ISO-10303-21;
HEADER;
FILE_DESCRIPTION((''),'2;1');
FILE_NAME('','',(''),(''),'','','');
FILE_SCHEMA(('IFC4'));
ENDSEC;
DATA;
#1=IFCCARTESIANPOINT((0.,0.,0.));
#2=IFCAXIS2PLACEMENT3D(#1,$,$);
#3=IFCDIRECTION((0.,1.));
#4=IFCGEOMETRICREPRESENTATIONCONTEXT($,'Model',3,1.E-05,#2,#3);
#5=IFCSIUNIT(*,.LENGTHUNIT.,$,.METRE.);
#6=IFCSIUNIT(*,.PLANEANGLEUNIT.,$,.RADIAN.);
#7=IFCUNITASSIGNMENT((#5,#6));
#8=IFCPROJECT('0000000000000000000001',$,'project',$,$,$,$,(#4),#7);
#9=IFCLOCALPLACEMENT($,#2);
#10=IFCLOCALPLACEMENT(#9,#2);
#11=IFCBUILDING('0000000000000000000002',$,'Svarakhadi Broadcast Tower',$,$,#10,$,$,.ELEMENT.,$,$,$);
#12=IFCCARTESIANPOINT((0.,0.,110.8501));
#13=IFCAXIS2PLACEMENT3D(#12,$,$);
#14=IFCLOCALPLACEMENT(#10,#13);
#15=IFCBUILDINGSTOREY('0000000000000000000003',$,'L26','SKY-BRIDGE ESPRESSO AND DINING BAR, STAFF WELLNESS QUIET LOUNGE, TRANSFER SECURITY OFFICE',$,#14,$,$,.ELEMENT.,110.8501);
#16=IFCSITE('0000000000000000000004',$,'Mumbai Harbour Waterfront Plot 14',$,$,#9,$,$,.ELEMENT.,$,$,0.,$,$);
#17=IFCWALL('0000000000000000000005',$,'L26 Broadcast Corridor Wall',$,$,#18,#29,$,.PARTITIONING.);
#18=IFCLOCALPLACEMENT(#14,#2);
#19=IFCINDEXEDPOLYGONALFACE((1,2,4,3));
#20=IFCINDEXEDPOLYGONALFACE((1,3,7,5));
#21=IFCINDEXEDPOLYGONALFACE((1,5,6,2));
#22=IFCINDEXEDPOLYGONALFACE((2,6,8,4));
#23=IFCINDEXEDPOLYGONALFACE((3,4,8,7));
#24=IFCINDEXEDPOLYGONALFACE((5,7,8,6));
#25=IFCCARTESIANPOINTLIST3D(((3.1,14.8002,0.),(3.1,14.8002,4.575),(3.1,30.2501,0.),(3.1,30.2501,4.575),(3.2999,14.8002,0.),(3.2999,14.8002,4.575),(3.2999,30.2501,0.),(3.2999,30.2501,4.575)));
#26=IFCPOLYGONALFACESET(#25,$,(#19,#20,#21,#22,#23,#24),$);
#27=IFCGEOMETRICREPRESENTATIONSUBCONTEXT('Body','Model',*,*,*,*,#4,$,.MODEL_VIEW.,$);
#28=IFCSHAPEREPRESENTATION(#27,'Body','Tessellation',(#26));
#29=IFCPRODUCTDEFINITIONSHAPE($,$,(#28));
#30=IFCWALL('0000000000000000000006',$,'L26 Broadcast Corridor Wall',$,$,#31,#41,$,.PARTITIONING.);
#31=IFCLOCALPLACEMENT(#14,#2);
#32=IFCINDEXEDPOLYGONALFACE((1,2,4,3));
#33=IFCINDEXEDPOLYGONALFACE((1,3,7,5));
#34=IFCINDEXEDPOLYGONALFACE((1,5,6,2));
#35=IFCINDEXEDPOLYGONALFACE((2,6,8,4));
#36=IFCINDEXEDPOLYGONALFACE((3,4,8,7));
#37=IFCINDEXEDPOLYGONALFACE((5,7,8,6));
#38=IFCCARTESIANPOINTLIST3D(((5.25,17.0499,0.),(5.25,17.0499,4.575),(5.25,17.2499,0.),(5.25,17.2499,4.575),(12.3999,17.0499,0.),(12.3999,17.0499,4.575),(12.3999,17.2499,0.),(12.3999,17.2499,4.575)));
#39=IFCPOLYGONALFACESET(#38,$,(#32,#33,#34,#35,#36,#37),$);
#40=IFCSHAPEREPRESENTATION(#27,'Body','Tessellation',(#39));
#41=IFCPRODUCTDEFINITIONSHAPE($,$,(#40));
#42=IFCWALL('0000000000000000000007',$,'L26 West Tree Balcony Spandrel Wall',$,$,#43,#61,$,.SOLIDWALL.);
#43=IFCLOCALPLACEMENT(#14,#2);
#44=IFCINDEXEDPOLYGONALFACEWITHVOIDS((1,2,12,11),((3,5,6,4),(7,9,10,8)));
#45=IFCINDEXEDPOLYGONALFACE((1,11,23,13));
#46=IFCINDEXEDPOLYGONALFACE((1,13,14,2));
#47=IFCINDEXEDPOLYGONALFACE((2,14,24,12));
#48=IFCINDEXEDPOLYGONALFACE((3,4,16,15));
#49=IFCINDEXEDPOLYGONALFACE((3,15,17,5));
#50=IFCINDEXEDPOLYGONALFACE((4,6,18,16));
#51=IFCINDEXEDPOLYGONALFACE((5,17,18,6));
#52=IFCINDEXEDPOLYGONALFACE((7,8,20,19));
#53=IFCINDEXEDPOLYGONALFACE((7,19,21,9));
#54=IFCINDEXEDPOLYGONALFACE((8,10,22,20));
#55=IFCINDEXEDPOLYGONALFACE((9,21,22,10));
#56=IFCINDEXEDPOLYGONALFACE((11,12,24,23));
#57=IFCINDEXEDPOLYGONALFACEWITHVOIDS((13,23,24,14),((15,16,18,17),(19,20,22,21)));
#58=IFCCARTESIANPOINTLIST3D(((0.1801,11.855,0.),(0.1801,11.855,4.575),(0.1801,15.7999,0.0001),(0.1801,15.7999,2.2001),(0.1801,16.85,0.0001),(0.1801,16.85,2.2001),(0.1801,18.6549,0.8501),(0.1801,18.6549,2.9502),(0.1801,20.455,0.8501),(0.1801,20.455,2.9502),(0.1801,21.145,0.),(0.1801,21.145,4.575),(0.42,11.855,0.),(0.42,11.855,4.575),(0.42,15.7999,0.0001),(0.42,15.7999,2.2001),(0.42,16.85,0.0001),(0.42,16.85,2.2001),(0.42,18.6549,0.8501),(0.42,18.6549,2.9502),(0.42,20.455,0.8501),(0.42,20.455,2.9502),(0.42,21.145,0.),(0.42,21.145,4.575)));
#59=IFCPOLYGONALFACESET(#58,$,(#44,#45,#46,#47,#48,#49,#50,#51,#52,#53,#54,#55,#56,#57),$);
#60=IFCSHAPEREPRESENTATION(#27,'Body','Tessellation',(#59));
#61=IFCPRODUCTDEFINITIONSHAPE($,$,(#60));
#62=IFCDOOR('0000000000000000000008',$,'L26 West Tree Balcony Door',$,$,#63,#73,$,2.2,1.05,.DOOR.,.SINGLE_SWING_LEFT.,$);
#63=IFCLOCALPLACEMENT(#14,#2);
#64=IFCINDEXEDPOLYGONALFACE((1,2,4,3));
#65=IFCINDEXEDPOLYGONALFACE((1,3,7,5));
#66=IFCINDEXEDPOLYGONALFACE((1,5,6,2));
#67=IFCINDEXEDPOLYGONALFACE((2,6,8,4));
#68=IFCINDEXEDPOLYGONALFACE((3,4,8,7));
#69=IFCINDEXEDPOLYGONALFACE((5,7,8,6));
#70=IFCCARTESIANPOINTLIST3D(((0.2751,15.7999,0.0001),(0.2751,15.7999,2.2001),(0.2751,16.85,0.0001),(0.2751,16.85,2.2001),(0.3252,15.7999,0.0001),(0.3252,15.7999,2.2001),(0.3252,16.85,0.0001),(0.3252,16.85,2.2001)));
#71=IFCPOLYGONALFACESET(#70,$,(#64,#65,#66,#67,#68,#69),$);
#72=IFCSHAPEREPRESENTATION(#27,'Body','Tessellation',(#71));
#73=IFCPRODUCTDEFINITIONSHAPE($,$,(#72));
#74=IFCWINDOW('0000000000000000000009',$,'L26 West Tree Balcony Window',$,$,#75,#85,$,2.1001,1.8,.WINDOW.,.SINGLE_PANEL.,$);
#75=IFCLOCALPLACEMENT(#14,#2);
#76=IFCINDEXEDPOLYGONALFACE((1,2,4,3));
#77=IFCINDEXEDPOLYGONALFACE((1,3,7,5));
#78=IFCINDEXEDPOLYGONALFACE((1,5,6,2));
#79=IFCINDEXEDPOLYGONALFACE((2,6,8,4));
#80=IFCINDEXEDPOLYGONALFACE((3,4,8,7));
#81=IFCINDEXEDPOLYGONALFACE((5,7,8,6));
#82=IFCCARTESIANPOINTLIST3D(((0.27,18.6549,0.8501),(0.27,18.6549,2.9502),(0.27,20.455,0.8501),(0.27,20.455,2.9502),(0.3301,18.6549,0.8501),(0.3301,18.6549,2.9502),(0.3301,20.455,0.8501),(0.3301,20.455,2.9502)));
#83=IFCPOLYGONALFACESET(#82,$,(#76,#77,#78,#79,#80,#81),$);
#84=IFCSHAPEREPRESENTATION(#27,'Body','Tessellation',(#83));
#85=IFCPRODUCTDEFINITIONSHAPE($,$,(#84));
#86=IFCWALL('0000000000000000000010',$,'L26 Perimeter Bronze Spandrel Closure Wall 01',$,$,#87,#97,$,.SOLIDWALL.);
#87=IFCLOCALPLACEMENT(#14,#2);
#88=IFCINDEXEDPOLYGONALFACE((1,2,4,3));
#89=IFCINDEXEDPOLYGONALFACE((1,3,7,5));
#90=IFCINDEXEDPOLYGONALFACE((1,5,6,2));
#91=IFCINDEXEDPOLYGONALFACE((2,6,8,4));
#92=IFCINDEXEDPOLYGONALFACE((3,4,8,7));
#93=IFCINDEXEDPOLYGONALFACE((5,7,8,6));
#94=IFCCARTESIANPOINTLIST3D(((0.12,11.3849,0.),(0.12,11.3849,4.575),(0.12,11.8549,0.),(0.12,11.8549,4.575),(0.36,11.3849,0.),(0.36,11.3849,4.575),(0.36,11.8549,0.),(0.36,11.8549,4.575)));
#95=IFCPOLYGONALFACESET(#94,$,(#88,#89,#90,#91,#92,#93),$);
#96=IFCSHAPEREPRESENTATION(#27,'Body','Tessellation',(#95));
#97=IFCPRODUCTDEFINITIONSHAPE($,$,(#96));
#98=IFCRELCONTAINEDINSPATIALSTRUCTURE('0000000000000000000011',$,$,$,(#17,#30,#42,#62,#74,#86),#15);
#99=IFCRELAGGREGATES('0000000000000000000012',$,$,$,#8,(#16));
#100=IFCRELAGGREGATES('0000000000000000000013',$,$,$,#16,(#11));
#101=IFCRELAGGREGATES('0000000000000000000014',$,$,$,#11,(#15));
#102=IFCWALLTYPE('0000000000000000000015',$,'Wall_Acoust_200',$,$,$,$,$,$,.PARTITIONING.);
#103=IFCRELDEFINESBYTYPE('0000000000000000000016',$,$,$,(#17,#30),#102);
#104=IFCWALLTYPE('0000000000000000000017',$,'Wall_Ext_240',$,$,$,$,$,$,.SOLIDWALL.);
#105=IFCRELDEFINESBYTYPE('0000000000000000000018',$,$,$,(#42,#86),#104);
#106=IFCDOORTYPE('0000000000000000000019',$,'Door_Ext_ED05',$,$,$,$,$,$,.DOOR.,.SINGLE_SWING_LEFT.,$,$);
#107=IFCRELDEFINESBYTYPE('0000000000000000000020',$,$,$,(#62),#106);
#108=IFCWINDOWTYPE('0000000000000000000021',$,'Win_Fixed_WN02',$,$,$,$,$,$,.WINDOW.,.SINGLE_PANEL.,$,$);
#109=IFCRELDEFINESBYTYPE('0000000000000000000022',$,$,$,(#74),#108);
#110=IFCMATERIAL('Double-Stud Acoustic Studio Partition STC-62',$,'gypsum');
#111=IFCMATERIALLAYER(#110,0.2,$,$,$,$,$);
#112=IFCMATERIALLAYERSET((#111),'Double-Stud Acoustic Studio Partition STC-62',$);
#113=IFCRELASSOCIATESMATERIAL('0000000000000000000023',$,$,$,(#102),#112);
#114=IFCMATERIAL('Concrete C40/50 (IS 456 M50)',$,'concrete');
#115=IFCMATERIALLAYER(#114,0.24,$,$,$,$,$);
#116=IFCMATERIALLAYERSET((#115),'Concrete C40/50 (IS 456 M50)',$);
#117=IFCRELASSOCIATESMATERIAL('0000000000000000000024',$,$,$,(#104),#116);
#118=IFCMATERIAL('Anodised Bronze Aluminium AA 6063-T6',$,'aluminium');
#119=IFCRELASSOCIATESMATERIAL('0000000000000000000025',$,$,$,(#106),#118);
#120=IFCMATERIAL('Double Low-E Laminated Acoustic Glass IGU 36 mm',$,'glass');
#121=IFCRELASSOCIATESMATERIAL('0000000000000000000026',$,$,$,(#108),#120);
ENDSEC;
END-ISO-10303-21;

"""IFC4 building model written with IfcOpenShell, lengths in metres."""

from ifc_helpers import new_model, si_unit, direction, frame, frame_2d, origin, place, context, subcontext, project, spatial, rectangle, extrude, material, layer, layer_set, type_object, element, fill, save


model = new_model("IFC4")

# Units and contexts
model_context = context("Model", 3, precision=1e-05, world=origin(), true_north=direction((0.0, 1.0)))
body_context = subcontext(model_context, "Body", "Model", "MODEL_VIEW")
ifc_project = project(units=[si_unit("LENGTHUNIT", "METRE"), si_unit("PLANEANGLEUNIT", "RADIAN")], contexts=[model_context])

# Site, building, storey
site_placement = place(None, origin())
site = spatial("IfcSite", under=ifc_project, at=site_placement, Name="Mumbai Harbour Waterfront Plot 14", CompositionType="ELEMENT", RefElevation=0.0)
building_placement = place(site_placement, origin())
building = spatial("IfcBuilding", under=site, at=building_placement, Name="Svarakhadi Broadcast Tower", CompositionType="ELEMENT")
storey_placement = place(building_placement, frame((0.0, 0.0, 110.8501)))
storey = spatial("IfcBuildingStorey", under=building, at=storey_placement, Name="L26", Description="SKY-BRIDGE ESPRESSO AND DINING BAR, STAFF WELLNESS QUIET LOUNGE, TRANSFER SECURITY OFFICE", CompositionType="ELEMENT", Elevation=110.8501)

# Shared definitions
ifc_material_1 = material(Name="Anodised Bronze Aluminium AA 6063-T6", Category="aluminium")

# Shared definitions
ifc_material_2 = material(Name="Double Low-E Laminated Acoustic Glass IGU 36 mm", Category="glass")

# Walls
ifc_material_3 = material(Name="Double-Stud Acoustic Studio Partition STC-62", Category="gypsum")
ifc_layer_1 = layer(ifc_material_3, 0.2)
ifc_layer_set_1 = layer_set([ifc_layer_1], Name="Double-Stud Acoustic Studio Partition STC-62")
wall_type_1 = type_object("IfcWallType", Name="Wall_Acoust_200", PredefinedType="PARTITIONING", material=ifc_layer_set_1)
wall_1_placement = place(storey_placement, frame((3.2, 14.8, 0.0), z_axis=(0.0, 0.0, 1.0), x_axis=(0.0, 1.0, 0.0)))
element("IfcWall", 1, at=wall_1_placement, inside=storey, type_object=wall_type_1, Name="L26 Broadcast Corridor Wall", PredefinedType="PARTITIONING", context=body_context, shape_type="SweptSolid", body=[
    extrude(rectangle(XDim=15.45, YDim=0.2, at=frame_2d((7.7251, 0.0))), origin(), (0.0, 0.0, 1.0), 4.575),
])
wall_2_placement = place(storey_placement, frame((5.25, 17.1499, 0.0), z_axis=(0.0, 0.0, 1.0), x_axis=(1.0, 0.0, 0.0)))
element("IfcWall", 2, at=wall_2_placement, inside=storey, type_object=wall_type_1, Name="L26 Broadcast Corridor Wall", PredefinedType="PARTITIONING", context=body_context, shape_type="SweptSolid", body=[
    extrude(rectangle(XDim=7.1499, YDim=0.2, at=frame_2d((3.575, 0.0))), origin(), (0.0, 0.0, 1.0), 4.575),
])

# Wall, openings, door, window
ifc_material_4 = material(Name="Concrete C40/50 (IS 456 M50)", Category="concrete")
ifc_layer_2 = layer(ifc_material_4, 0.24)
ifc_layer_set_2 = layer_set([ifc_layer_2], Name="Concrete C40/50 (IS 456 M50)")
wall_type_2 = type_object("IfcWallType", Name="Wall_Ext_240", PredefinedType="SOLIDWALL", material=ifc_layer_set_2)
wall_3_placement = place(storey_placement, frame((0.3, 11.855, 0.0), z_axis=(0.0, 0.0, 1.0), x_axis=(0.0, 1.0, 0.0)))
wall_3 = element("IfcWall", 3, at=wall_3_placement, inside=storey, type_object=wall_type_2, Name="L26 West Tree Balcony Spandrel Wall", PredefinedType="SOLIDWALL", context=body_context, shape_type="SweptSolid", body=[
    extrude(rectangle(XDim=9.29, YDim=0.24, at=frame_2d((4.645, 0.0))), origin(), (0.0, 0.0, 1.0), 4.575),
])
opening_1_placement = place(wall_3_placement, frame((3.9451, 0.0, 0.0)))
opening_1 = element("IfcOpeningElement", 4, at=opening_1_placement, cuts=wall_3, PredefinedType="OPENING", context=body_context, shape_type="SweptSolid", body=[
    extrude(rectangle(XDim=1.05, YDim=2.2, at=frame_2d((0.5249, 1.1001))), frame((0.0, 0.1299, 0.0), z_axis=(0.0, -1.0, 0.0), x_axis=(1.0, 0.0, 0.0)), (0.0, 0.0, 1.0), 0.26),
])
opening_2_placement = place(wall_3_placement, frame((6.8, 0.0, 0.8501)))
opening_2 = element("IfcOpeningElement", 5, at=opening_2_placement, cuts=wall_3, PredefinedType="OPENING", context=body_context, shape_type="SweptSolid", body=[
    extrude(rectangle(XDim=1.8, YDim=2.1001, at=frame_2d((0.8999, 1.05))), frame((0.0, 0.1299, 0.0), z_axis=(0.0, -1.0, 0.0), x_axis=(1.0, 0.0, 0.0)), (0.0, 0.0, 1.0), 0.26),
])
door_type = type_object("IfcDoorType", Name="Door_Ext_ED05", OperationType="SINGLE_SWING_LEFT", PredefinedType="DOOR", material=ifc_material_1)
door_placement = place(opening_1_placement, origin())
door = element("IfcDoor", 6, at=door_placement, inside=storey, type_object=door_type, Name="L26 West Tree Balcony Door", OperationType="SINGLE_SWING_LEFT", OverallHeight=2.2, OverallWidth=1.05, PredefinedType="DOOR", context=body_context, shape_type="SweptSolid", body=[
    extrude(rectangle(XDim=1.05, YDim=2.2, at=frame_2d((0.5249, 1.1001))), frame((0.0, 0.0249, 0.0), z_axis=(0.0, -1.0, 0.0), x_axis=(1.0, 0.0, 0.0)), (0.0, 0.0, 1.0), 0.05),
])
fill(opening_1, door)
window_type = type_object("IfcWindowType", Name="Win_Fixed_WN02", PartitioningType="SINGLE_PANEL", PredefinedType="WINDOW", material=ifc_material_2)
window_placement = place(opening_2_placement, origin())
window = element("IfcWindow", 7, at=window_placement, inside=storey, type_object=window_type, Name="L26 West Tree Balcony Window", OverallHeight=2.1001, OverallWidth=1.8, PartitioningType="SINGLE_PANEL", PredefinedType="WINDOW", context=body_context, shape_type="SweptSolid", body=[
    extrude(rectangle(XDim=1.8, YDim=2.1001, at=frame_2d((0.8999, 1.05))), frame((0.0, 0.03, 0.0), z_axis=(0.0, -1.0, 0.0), x_axis=(1.0, 0.0, 0.0)), (0.0, 0.0, 1.0), 0.0601),
])
fill(opening_2, window)

# Wall
wall_4_placement = place(storey_placement, frame((0.24, 11.385, 0.0), z_axis=(0.0, 0.0, 1.0), x_axis=(0.0, 1.0, 0.0)))
element("IfcWall", 8, at=wall_4_placement, inside=storey, type_object=wall_type_2, Name="L26 Perimeter Bronze Spandrel Closure Wall 01", PredefinedType="SOLIDWALL", context=body_context, shape_type="SweptSolid", body=[
    extrude(rectangle(XDim=0.47, YDim=0.24, at=frame_2d((0.2349, 0.0))), origin(), (0.0, 0.0, 1.0), 4.575),
])

save(model, "model.ifc")
